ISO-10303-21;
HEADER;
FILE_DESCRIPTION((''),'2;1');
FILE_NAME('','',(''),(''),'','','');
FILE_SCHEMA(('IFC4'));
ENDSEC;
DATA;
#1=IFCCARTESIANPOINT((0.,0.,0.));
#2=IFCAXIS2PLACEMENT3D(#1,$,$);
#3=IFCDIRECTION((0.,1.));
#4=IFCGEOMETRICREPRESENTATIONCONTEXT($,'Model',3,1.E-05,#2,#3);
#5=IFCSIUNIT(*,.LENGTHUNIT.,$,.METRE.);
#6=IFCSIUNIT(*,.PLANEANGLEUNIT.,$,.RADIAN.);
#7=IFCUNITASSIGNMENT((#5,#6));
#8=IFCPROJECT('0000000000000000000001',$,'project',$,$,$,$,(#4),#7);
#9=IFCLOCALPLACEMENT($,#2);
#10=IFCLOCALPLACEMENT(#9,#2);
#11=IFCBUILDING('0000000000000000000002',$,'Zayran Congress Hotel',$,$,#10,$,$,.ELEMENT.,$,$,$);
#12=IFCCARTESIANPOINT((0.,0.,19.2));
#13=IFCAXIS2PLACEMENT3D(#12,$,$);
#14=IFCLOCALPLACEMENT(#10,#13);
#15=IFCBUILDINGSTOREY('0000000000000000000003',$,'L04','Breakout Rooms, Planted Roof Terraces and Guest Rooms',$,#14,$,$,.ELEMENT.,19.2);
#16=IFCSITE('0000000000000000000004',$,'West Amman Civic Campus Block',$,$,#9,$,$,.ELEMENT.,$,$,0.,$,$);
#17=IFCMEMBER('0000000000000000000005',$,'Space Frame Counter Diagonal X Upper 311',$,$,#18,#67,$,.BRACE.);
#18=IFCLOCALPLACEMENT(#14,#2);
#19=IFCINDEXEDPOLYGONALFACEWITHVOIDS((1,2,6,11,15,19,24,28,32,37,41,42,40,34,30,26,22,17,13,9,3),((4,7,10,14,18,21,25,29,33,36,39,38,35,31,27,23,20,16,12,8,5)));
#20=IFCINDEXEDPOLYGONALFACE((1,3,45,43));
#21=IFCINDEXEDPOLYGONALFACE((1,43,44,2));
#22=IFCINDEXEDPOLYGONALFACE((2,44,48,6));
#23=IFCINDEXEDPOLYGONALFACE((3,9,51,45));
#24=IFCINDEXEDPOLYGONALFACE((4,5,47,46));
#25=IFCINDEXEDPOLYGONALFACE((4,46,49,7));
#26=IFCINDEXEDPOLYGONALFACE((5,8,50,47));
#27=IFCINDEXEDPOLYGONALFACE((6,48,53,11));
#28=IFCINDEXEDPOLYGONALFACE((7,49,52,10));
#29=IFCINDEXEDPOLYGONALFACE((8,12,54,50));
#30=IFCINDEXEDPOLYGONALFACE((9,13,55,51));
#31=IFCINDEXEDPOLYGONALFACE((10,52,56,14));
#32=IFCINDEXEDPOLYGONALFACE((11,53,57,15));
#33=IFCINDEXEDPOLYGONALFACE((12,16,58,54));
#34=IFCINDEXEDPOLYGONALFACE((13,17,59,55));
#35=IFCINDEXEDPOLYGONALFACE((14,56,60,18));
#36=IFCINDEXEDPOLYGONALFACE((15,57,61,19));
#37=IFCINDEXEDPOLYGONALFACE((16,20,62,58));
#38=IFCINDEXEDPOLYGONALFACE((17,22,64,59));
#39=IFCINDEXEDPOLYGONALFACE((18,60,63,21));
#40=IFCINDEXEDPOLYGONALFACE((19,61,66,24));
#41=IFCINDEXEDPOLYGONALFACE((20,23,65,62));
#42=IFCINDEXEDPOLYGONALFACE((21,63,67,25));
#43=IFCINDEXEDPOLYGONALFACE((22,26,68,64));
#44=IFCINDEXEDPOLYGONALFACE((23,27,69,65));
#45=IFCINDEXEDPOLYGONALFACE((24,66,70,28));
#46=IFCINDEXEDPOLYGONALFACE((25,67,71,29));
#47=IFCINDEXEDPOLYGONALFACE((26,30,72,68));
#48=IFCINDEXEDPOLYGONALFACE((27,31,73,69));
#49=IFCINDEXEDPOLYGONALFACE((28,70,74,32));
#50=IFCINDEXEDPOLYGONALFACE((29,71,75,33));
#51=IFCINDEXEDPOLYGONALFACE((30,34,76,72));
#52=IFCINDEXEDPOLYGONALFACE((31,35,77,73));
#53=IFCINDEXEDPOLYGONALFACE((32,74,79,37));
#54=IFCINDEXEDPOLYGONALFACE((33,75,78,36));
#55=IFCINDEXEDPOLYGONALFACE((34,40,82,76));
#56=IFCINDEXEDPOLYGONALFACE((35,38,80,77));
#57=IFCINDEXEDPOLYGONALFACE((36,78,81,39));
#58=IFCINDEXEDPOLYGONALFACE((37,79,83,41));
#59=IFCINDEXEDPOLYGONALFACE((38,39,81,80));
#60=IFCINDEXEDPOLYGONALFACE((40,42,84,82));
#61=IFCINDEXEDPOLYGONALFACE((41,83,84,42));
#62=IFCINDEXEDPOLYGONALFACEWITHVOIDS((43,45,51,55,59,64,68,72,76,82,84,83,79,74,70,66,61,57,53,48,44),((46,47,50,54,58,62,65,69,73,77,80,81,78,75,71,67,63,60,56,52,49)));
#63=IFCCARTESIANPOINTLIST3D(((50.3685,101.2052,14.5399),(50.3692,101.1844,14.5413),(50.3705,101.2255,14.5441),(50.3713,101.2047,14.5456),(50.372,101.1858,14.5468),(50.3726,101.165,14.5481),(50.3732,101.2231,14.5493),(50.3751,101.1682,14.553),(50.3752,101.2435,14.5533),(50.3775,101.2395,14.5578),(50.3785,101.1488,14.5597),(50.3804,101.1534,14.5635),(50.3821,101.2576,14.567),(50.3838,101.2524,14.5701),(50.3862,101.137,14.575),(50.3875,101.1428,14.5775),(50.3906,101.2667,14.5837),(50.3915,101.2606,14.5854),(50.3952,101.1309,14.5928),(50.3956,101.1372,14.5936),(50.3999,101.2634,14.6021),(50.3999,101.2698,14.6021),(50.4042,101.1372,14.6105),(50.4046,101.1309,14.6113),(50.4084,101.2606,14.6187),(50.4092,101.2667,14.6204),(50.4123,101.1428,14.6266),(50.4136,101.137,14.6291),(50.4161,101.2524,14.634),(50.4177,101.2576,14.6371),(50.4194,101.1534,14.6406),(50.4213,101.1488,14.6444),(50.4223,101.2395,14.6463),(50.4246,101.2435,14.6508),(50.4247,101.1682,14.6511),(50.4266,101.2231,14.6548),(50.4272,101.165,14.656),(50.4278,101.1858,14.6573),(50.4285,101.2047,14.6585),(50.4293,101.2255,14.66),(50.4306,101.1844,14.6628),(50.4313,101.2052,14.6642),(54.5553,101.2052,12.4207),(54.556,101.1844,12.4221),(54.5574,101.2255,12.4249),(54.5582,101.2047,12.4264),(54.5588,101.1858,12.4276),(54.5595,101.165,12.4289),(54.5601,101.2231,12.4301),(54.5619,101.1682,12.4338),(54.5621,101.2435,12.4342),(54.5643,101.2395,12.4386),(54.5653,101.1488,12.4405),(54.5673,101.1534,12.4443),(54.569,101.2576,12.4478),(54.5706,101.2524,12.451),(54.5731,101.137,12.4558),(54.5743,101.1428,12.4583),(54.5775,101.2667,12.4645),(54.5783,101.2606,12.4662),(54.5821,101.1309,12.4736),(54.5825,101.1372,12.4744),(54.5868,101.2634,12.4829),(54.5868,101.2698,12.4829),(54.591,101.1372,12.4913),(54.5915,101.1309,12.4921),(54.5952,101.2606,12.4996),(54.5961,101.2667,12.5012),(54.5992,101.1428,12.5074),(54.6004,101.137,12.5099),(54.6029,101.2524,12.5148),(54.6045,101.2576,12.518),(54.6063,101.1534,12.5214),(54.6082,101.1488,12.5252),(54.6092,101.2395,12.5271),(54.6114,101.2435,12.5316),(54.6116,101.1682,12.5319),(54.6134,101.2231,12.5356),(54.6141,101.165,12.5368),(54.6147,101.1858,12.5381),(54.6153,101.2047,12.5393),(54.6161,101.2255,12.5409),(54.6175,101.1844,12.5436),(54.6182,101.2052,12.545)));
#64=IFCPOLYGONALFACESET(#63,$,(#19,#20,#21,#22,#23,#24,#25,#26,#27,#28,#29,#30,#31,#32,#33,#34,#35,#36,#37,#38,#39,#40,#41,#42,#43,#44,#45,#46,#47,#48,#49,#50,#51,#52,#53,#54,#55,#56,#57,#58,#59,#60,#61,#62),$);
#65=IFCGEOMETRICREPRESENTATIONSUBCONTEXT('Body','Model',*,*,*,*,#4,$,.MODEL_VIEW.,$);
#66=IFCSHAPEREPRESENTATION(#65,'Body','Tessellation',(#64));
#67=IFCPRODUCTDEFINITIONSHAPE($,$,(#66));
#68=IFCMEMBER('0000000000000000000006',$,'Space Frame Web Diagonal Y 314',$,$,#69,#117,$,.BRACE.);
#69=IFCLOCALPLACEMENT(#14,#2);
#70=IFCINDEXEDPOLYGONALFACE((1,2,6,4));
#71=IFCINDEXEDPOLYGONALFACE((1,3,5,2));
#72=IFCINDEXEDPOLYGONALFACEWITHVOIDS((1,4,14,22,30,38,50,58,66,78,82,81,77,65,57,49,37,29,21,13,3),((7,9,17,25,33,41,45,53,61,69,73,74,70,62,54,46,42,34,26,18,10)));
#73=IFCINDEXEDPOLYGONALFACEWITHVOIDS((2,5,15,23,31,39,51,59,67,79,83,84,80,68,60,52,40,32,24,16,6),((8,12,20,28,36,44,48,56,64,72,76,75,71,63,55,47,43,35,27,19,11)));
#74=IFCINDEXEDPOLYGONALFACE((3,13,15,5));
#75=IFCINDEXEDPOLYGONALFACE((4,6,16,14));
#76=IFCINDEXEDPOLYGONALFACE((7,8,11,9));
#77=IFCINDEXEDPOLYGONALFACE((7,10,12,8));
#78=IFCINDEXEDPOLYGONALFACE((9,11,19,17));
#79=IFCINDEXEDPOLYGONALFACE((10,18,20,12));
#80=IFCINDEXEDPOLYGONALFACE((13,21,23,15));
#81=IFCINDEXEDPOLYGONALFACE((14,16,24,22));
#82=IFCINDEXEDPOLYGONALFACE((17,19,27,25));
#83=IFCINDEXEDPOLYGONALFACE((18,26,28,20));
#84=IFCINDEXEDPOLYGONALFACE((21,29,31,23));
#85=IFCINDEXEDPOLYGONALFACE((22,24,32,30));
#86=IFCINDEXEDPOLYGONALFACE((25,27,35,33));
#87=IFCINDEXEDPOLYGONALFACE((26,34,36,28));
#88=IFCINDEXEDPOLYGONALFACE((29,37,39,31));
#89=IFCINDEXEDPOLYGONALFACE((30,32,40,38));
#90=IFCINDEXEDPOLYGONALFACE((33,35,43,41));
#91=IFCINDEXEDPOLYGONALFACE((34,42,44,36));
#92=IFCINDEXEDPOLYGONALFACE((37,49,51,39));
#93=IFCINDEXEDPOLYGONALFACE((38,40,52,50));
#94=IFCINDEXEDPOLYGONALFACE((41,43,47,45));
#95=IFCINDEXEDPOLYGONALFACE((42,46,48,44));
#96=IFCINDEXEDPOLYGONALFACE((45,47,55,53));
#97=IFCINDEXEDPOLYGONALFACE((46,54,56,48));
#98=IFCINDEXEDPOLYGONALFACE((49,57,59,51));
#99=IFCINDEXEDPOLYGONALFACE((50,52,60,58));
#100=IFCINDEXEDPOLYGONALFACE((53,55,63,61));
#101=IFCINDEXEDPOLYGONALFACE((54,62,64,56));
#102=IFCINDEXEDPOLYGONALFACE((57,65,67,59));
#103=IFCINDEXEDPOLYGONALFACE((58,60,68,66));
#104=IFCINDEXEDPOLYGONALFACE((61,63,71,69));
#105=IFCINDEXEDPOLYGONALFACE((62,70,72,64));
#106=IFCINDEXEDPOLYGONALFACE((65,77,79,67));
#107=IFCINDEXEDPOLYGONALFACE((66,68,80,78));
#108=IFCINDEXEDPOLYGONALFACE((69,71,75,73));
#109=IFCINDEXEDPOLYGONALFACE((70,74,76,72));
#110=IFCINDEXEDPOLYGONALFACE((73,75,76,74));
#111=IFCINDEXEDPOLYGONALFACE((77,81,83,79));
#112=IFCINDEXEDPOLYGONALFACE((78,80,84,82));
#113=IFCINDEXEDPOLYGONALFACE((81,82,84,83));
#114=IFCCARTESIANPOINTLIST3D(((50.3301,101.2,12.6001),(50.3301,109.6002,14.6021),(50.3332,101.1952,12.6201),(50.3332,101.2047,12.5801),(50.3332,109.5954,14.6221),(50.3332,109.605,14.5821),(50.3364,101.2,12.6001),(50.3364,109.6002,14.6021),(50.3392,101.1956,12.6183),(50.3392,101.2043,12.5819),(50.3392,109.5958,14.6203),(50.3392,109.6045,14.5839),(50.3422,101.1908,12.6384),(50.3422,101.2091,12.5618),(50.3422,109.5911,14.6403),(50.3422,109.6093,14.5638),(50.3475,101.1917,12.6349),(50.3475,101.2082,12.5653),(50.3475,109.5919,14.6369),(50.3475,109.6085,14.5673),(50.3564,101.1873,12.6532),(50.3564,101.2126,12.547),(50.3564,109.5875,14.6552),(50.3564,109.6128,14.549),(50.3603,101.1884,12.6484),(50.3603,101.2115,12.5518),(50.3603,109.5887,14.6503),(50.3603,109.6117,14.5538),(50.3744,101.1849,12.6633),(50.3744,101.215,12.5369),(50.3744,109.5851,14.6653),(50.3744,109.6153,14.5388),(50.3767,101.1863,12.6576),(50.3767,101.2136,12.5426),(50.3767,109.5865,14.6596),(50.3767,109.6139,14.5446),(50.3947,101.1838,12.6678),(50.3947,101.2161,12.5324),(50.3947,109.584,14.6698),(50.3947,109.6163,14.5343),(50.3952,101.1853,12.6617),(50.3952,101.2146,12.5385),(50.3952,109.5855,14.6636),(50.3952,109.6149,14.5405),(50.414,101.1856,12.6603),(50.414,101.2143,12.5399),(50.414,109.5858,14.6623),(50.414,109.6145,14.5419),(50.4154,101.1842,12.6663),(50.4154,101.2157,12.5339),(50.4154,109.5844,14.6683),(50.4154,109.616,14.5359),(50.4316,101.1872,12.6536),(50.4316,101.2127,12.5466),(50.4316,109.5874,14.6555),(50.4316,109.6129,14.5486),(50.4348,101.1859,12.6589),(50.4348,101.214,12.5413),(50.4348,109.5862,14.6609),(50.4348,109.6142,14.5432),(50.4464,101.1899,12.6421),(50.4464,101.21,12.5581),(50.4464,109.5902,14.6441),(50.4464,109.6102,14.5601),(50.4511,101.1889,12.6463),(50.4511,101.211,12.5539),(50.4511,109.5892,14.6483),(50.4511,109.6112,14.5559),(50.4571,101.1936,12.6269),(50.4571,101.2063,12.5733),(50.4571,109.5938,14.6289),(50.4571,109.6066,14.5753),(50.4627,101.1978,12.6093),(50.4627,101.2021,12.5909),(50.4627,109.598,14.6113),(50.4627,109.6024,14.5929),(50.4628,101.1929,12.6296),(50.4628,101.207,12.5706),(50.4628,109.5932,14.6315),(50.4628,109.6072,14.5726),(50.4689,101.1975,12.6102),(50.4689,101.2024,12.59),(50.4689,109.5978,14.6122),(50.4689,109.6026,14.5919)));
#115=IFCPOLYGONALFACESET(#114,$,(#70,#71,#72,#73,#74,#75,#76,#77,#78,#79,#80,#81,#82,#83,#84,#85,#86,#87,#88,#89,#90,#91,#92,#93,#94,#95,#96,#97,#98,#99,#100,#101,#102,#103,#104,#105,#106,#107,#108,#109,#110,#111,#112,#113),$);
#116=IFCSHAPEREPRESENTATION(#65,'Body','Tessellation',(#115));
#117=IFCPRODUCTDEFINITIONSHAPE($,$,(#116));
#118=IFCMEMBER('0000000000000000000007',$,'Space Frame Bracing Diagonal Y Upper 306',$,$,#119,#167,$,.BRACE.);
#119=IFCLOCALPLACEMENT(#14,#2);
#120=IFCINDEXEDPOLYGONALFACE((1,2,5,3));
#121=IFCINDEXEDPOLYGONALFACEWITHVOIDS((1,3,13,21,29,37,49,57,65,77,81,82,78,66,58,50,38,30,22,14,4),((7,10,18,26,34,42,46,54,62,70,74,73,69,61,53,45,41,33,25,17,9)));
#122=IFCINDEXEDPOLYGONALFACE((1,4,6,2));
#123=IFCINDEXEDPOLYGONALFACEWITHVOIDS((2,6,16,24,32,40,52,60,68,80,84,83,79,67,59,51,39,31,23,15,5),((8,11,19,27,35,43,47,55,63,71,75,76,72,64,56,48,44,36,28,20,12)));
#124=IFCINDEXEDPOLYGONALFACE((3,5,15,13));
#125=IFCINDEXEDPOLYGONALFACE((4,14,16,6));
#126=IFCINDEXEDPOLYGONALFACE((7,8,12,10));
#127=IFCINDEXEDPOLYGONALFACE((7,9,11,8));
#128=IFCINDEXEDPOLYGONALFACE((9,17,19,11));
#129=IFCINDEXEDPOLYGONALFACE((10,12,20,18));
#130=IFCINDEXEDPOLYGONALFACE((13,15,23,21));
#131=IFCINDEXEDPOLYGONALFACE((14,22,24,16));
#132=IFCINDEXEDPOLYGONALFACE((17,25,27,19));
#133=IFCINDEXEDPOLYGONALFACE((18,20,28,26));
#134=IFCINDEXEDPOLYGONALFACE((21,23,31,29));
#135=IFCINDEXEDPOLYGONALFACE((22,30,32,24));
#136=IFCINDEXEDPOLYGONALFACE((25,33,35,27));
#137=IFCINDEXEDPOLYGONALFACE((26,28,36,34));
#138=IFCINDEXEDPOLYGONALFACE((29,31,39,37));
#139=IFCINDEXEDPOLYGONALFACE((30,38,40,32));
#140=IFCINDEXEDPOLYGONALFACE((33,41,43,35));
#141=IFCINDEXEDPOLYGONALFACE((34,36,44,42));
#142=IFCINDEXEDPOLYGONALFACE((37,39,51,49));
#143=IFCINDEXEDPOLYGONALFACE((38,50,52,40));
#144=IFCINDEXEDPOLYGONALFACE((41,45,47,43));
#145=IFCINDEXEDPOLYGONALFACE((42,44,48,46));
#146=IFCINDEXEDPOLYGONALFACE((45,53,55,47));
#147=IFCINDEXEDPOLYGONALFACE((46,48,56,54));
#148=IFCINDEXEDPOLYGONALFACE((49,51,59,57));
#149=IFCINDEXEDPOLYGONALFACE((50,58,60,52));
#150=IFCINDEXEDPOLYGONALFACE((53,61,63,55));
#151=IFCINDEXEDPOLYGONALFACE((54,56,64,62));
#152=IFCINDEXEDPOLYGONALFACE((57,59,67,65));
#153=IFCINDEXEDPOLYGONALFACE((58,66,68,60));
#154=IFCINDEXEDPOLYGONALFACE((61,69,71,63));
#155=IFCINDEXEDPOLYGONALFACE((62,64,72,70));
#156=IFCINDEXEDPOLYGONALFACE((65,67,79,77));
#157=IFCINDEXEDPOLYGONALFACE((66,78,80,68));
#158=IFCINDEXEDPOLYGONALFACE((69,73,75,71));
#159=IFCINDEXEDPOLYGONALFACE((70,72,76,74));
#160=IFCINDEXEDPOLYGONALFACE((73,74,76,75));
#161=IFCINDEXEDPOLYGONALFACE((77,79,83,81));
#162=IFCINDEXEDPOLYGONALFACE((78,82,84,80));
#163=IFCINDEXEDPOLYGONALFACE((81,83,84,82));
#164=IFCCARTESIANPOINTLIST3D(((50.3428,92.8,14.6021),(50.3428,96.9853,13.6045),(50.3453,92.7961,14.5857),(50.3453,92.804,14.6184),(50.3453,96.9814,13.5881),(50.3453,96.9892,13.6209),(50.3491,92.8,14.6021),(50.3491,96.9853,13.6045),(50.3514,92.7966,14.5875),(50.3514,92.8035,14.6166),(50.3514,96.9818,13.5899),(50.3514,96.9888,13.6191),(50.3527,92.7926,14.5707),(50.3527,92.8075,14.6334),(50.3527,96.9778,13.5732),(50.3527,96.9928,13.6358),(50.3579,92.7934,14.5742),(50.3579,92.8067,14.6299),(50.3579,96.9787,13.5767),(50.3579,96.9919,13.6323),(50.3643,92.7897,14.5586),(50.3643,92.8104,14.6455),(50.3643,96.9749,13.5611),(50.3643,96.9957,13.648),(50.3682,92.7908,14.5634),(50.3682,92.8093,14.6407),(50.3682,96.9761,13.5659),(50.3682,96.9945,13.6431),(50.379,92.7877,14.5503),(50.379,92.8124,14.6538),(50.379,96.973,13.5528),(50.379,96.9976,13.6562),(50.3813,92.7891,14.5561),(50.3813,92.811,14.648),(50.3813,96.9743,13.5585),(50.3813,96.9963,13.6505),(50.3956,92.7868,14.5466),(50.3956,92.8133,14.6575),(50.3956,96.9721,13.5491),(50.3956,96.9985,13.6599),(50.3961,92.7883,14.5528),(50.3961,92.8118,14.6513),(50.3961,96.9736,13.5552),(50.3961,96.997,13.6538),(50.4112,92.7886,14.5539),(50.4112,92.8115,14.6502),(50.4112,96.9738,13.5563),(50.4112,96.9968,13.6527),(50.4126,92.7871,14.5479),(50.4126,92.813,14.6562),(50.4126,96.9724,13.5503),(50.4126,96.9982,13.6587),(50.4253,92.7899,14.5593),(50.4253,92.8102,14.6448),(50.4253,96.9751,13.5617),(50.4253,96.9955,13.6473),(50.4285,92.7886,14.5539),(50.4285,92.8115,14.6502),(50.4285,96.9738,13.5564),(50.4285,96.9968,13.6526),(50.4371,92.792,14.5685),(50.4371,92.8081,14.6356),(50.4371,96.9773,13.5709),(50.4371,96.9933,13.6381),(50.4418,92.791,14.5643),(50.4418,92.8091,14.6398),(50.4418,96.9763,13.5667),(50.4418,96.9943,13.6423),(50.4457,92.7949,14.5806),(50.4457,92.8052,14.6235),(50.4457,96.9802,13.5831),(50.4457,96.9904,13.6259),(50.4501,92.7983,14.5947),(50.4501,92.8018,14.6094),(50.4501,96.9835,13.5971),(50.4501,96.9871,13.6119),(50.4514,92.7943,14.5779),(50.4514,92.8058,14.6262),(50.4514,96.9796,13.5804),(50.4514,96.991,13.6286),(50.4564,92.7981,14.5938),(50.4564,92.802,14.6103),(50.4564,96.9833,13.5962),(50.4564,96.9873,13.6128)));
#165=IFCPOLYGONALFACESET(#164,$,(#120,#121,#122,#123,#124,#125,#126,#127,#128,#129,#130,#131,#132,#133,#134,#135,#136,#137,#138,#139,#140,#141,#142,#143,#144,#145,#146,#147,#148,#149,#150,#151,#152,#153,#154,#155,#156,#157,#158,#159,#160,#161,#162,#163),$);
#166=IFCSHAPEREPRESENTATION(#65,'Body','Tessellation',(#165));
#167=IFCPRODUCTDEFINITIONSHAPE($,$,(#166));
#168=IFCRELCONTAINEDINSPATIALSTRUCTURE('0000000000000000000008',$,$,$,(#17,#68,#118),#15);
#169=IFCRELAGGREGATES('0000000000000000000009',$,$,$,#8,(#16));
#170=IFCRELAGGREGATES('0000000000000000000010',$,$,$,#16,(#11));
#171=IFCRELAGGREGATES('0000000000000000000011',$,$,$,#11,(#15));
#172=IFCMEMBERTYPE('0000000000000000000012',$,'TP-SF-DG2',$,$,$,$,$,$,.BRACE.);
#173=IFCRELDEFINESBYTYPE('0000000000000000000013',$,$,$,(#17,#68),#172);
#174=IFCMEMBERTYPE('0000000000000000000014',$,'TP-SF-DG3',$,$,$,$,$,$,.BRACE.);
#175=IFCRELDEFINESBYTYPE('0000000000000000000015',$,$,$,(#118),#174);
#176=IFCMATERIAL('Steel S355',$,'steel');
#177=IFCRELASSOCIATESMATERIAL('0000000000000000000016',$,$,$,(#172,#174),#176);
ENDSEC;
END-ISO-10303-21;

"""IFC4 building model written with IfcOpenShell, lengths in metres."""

from ifc_helpers import new_model, si_unit, direction, frame, origin, origin_2d, place, context, subcontext, project, spatial, hollow_circle, extrude, material, material_profile, profile_set, type_object, element, save


model = new_model("IFC4")

# Units and contexts
model_context = context("Model", 3, precision=1e-05, world=origin(), true_north=direction((0.0, 1.0)))
body_context = subcontext(model_context, "Body", "Model", "MODEL_VIEW")
ifc_project = project(units=[si_unit("LENGTHUNIT", "METRE"), si_unit("PLANEANGLEUNIT", "RADIAN")], contexts=[model_context])

# Site, building, storey
site_placement = place(None, origin())
site = spatial("IfcSite", under=ifc_project, at=site_placement, Name="West Amman Civic Campus Block", CompositionType="ELEMENT", RefElevation=0.0)
building_placement = place(site_placement, origin())
building = spatial("IfcBuilding", under=site, at=building_placement, Name="Zayran Congress Hotel", CompositionType="ELEMENT")
storey_placement = place(building_placement, frame((0.0, 0.0, 19.2)))
storey = spatial("IfcBuildingStorey", under=building, at=storey_placement, Name="L04", Description="Breakout Rooms, Planted Roof Terraces and Guest Rooms", CompositionType="ELEMENT", Elevation=19.2)

# Members
ifc_material_1 = material(Name="Steel S355", Category="steel")
ifc_material_profile_1 = material_profile(ifc_material_1, hollow_circle(Radius=0.0698, WallThickness=0.0063, at=origin_2d()), Name="CHS 139.7x6.3")
ifc_profile_set_1 = profile_set([ifc_material_profile_1], Name="Steel S355")
member_type_1 = type_object("IfcMemberType", Name="TP-SF-DG2", PredefinedType="BRACE", material=ifc_profile_set_1)
member_1_placement = place(storey_placement, frame((50.3999, 101.2, 14.6021), z_axis=(0.892221, 0.0, -0.451599), x_axis=(0.0, 1.0, 0.0)))
element("IfcMember", 1, at=member_1_placement, inside=storey, type_object=member_type_1, Name="Space Frame Counter Diagonal X Upper 311", PredefinedType="BRACE", context=body_context, shape_type="SweptSolid", body=[
    extrude(hollow_circle(Radius=0.0698, WallThickness=0.0063, at=origin_2d()), origin(), (0.0, 0.0, 1.0), 4.6926),
])
member_2_placement = place(storey_placement, frame((50.3999, 101.2, 12.6001), z_axis=(0.0, 0.972756, 0.231831), x_axis=(-1.0, 0.0, 0.0)))
element("IfcMember", 2, at=member_2_placement, inside=storey, type_object=member_type_1, Name="Space Frame Web Diagonal Y 314", PredefinedType="BRACE", context=body_context, shape_type="SweptSolid", body=[
    extrude(hollow_circle(Radius=0.0698, WallThickness=0.0063, at=origin_2d()), origin(), (0.0, 0.0, 1.0), 8.6355),
])
ifc_material_profile_2 = material_profile(ifc_material_1, hollow_circle(Radius=0.0571, WallThickness=0.0063, at=origin_2d()), Name="CHS 114.3x6.3")
ifc_profile_set_2 = profile_set([ifc_material_profile_2], Name="Steel S355")
member_type_2 = type_object("IfcMemberType", Name="TP-SF-DG3", PredefinedType="BRACE", material=ifc_profile_set_2)
for number, where, z_axis, x_axis, name in (
    (3, (50.3999, 92.8, 14.6021), (0.0, 0.972751, -0.231853), (-1.0, 0.0, 0.0), "Space Frame Bracing Diagonal Y Upper 306"),
):
    element("IfcMember", number, at=place(storey_placement, frame(where, z_axis=z_axis, x_axis=x_axis)), inside=storey, type_object=member_type_2, Name=name, PredefinedType="BRACE", context=body_context, shape_type="SweptSolid", body=[
        extrude(hollow_circle(Radius=0.0571, WallThickness=0.0063, at=origin_2d()), origin(), (0.0, 0.0, 1.0), 4.3025),
    ])

save(model, "model.ifc")
